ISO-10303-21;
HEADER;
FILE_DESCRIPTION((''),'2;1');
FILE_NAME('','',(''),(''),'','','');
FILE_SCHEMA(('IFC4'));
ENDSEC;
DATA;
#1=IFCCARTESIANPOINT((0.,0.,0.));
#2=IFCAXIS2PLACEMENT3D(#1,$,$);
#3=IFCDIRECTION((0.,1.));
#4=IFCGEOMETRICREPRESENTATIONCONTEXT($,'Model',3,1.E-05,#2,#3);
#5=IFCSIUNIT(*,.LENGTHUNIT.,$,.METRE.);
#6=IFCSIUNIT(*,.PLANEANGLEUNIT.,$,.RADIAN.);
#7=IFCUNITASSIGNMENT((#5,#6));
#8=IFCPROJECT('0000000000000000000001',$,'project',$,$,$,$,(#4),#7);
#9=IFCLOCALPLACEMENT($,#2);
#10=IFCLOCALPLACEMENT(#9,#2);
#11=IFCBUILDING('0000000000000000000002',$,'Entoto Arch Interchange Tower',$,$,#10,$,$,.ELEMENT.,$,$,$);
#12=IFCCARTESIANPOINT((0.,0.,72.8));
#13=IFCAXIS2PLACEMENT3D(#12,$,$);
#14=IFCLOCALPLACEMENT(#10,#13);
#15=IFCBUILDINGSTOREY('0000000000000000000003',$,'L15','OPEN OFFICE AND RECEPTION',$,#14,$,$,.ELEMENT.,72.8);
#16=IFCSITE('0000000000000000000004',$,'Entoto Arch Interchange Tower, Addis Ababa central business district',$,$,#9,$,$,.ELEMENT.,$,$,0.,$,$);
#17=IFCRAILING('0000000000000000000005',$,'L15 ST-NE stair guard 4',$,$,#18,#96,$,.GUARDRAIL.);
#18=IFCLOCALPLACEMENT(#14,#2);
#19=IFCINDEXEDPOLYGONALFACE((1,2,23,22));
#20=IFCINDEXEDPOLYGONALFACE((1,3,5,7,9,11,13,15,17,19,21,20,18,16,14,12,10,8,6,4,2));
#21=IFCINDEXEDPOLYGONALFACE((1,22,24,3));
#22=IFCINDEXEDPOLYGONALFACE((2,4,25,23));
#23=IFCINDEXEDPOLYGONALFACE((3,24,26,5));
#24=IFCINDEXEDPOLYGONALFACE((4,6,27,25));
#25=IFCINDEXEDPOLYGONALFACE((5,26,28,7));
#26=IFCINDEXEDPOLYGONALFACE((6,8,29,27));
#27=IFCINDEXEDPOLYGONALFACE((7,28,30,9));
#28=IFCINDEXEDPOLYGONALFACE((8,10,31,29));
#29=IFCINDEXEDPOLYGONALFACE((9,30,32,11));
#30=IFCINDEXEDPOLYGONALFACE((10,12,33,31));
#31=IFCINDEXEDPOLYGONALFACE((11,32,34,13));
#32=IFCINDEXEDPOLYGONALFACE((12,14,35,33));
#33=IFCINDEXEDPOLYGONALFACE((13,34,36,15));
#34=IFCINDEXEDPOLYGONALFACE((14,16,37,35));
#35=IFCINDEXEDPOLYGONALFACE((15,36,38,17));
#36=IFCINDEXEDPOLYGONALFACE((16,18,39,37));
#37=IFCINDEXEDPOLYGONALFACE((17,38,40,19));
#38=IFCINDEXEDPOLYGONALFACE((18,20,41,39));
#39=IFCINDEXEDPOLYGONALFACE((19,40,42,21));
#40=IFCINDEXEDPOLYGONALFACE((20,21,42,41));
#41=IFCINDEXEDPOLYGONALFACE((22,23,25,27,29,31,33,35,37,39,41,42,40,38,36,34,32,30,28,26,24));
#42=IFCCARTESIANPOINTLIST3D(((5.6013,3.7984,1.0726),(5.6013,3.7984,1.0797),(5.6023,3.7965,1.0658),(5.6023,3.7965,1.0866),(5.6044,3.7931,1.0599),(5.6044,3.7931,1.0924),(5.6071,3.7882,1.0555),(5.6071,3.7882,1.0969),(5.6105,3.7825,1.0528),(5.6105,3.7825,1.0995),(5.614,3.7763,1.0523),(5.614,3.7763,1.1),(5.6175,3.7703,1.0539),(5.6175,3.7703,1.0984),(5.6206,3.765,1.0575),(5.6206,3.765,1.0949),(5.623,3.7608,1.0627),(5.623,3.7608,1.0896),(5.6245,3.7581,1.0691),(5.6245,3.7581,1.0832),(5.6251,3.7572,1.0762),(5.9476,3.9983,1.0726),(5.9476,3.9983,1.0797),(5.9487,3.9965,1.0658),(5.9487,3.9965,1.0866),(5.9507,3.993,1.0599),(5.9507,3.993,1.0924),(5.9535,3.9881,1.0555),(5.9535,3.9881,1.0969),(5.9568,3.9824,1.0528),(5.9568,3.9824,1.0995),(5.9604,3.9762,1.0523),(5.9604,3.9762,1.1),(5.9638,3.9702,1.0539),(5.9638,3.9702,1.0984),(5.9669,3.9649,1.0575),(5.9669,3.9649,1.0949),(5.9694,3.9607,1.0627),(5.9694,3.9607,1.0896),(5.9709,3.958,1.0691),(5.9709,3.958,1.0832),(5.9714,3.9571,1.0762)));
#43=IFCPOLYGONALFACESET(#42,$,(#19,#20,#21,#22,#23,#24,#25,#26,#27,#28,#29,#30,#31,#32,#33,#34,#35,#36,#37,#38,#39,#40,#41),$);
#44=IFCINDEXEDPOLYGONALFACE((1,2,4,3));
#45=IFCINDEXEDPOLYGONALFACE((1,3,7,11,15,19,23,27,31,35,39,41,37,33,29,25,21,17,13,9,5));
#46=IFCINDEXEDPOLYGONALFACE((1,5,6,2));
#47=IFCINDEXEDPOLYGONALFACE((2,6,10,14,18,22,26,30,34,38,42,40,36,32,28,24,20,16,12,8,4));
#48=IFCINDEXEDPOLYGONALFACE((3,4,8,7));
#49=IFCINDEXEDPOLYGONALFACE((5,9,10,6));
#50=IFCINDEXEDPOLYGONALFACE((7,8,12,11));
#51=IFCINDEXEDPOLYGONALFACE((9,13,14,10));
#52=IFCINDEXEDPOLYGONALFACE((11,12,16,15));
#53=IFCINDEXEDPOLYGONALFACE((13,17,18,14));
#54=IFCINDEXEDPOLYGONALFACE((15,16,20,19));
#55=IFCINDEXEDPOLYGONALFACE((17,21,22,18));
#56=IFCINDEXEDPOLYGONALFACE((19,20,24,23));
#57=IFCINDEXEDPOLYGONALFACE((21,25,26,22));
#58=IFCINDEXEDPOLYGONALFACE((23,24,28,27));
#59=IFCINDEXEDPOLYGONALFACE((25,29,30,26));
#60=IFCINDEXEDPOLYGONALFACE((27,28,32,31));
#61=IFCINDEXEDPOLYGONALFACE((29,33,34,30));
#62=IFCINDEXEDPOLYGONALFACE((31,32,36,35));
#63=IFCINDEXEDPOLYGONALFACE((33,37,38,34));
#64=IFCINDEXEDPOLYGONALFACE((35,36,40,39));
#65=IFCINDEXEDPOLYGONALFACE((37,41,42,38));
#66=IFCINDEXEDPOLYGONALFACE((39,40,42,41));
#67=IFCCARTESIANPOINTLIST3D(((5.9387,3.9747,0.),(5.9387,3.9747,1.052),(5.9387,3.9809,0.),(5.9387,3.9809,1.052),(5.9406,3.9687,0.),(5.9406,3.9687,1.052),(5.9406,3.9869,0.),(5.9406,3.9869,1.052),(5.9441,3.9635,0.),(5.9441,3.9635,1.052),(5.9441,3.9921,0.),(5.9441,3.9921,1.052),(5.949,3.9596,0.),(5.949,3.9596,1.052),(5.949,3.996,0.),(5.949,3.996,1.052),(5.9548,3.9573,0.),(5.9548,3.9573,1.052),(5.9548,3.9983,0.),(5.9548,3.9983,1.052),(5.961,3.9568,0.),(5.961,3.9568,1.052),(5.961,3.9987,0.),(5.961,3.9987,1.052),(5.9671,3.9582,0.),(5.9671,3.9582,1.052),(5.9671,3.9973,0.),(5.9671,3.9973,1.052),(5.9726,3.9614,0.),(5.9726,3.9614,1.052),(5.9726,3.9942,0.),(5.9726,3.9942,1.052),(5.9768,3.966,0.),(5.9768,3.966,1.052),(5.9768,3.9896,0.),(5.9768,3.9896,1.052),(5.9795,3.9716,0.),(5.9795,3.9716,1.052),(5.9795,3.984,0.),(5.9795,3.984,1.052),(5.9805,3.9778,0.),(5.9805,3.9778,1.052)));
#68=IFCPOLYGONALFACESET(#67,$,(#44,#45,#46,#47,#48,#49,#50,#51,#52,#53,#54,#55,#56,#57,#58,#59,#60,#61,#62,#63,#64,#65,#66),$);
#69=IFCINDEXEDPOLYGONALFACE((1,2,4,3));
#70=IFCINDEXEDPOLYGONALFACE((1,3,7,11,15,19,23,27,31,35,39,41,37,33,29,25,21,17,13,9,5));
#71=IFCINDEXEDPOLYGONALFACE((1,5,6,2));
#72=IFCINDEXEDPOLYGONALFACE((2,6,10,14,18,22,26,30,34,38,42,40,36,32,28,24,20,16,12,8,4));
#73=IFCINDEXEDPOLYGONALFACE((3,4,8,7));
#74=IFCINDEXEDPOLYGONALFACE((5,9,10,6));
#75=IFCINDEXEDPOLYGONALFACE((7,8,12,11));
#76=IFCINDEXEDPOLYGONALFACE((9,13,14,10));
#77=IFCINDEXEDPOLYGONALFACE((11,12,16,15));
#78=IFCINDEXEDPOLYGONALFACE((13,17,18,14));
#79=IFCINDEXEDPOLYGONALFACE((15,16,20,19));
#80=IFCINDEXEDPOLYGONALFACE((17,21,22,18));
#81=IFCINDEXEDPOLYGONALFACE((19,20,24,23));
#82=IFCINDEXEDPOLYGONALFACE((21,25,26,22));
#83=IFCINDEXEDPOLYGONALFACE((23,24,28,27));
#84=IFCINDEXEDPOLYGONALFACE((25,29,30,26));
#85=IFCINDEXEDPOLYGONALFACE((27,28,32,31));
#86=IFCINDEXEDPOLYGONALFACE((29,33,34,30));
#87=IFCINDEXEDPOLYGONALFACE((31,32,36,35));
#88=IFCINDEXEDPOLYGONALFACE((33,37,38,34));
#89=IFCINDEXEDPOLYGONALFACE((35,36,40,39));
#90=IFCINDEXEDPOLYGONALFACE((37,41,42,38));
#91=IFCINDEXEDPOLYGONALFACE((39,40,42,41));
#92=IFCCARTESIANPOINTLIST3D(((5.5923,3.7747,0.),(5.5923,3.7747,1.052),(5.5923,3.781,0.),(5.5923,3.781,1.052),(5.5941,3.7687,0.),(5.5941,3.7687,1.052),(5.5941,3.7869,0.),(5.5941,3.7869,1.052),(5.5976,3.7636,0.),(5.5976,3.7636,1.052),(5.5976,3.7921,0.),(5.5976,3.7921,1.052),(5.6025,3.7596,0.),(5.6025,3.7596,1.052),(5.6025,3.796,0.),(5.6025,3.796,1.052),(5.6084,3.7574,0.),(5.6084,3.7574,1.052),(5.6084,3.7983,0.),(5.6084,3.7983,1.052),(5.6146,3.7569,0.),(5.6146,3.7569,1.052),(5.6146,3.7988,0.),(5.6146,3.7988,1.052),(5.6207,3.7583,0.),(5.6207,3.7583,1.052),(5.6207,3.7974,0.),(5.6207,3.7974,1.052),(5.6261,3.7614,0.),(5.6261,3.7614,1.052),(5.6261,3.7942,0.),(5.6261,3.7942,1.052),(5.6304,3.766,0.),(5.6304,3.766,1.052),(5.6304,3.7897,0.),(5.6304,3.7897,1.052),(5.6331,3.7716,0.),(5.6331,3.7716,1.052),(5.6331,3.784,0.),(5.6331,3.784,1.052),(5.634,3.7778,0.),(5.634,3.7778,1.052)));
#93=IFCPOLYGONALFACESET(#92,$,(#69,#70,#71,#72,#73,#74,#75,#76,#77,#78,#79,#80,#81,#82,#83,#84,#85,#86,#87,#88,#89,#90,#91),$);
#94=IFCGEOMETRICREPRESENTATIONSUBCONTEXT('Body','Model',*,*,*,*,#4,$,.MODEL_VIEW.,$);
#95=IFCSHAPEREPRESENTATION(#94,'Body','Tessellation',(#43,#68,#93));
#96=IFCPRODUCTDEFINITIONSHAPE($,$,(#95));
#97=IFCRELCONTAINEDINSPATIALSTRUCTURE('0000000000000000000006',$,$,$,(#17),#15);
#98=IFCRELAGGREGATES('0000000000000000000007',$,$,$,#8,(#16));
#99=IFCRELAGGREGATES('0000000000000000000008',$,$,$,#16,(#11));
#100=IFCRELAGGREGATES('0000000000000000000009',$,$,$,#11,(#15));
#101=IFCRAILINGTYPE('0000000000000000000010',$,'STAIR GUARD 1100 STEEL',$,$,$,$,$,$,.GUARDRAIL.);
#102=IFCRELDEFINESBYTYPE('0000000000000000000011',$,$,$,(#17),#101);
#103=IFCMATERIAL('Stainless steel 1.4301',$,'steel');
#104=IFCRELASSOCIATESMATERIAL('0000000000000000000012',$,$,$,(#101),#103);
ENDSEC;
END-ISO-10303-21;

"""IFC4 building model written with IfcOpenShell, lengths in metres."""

from ifc_helpers import new_model, si_unit, direction, frame, origin, origin_2d, place, context, subcontext, project, spatial, circle, extrude, material, type_object, element, save


model = new_model("IFC4")

# Units and contexts
model_context = context("Model", 3, precision=1e-05, world=origin(), true_north=direction((0.0, 1.0)))
body_context = subcontext(model_context, "Body", "Model", "MODEL_VIEW")
ifc_project = project(units=[si_unit("LENGTHUNIT", "METRE"), si_unit("PLANEANGLEUNIT", "RADIAN")], contexts=[model_context])

# Site, building, storey
site_placement = place(None, origin())
site = spatial("IfcSite", under=ifc_project, at=site_placement, Name="Entoto Arch Interchange Tower, Addis Ababa central business district", CompositionType="ELEMENT", RefElevation=0.0)
building_placement = place(site_placement, origin())
building = spatial("IfcBuilding", under=site, at=building_placement, Name="Entoto Arch Interchange Tower", CompositionType="ELEMENT")
storey_placement = place(building_placement, frame((0.0, 0.0, 72.8)))
storey = spatial("IfcBuildingStorey", under=building, at=storey_placement, Name="L15", Description="OPEN OFFICE AND RECEPTION", CompositionType="ELEMENT", Elevation=72.8)

# Railing
ifc_material_1 = material(Name="Stainless steel 1.4301", Category="steel")
railing_type_1 = type_object("IfcRailingType", Name="STAIR GUARD 1100 STEEL", PredefinedType="GUARDRAIL", material=ifc_material_1)
railing_1_placement = place(storey_placement, frame((5.9595, 3.9778, 0.0)))
element("IfcRailing", 1, at=railing_1_placement, inside=storey, type_object=railing_type_1, Name="L15 ST-NE stair guard 4", PredefinedType="GUARDRAIL", context=body_context, shape_type="SweptSolid", body=[
    extrude(circle(Radius=0.0239, at=origin_2d()), frame((0.0, 0.0, 1.0762), z_axis=(-0.866094, -0.499881, 0.0), x_axis=(0.499881, -0.866094, 0.0)), (0.0, 0.0, 1.0), 0.3999),
    extrude(circle(Radius=0.021, at=origin_2d()), origin(), (0.0, 0.0, 1.0), 1.052),
    extrude(circle(Radius=0.021, at=origin_2d()), frame((-0.3464, -0.2, 0.0)), (0.0, 0.0, 1.0), 1.052),
])

save(model, "model.ifc")
